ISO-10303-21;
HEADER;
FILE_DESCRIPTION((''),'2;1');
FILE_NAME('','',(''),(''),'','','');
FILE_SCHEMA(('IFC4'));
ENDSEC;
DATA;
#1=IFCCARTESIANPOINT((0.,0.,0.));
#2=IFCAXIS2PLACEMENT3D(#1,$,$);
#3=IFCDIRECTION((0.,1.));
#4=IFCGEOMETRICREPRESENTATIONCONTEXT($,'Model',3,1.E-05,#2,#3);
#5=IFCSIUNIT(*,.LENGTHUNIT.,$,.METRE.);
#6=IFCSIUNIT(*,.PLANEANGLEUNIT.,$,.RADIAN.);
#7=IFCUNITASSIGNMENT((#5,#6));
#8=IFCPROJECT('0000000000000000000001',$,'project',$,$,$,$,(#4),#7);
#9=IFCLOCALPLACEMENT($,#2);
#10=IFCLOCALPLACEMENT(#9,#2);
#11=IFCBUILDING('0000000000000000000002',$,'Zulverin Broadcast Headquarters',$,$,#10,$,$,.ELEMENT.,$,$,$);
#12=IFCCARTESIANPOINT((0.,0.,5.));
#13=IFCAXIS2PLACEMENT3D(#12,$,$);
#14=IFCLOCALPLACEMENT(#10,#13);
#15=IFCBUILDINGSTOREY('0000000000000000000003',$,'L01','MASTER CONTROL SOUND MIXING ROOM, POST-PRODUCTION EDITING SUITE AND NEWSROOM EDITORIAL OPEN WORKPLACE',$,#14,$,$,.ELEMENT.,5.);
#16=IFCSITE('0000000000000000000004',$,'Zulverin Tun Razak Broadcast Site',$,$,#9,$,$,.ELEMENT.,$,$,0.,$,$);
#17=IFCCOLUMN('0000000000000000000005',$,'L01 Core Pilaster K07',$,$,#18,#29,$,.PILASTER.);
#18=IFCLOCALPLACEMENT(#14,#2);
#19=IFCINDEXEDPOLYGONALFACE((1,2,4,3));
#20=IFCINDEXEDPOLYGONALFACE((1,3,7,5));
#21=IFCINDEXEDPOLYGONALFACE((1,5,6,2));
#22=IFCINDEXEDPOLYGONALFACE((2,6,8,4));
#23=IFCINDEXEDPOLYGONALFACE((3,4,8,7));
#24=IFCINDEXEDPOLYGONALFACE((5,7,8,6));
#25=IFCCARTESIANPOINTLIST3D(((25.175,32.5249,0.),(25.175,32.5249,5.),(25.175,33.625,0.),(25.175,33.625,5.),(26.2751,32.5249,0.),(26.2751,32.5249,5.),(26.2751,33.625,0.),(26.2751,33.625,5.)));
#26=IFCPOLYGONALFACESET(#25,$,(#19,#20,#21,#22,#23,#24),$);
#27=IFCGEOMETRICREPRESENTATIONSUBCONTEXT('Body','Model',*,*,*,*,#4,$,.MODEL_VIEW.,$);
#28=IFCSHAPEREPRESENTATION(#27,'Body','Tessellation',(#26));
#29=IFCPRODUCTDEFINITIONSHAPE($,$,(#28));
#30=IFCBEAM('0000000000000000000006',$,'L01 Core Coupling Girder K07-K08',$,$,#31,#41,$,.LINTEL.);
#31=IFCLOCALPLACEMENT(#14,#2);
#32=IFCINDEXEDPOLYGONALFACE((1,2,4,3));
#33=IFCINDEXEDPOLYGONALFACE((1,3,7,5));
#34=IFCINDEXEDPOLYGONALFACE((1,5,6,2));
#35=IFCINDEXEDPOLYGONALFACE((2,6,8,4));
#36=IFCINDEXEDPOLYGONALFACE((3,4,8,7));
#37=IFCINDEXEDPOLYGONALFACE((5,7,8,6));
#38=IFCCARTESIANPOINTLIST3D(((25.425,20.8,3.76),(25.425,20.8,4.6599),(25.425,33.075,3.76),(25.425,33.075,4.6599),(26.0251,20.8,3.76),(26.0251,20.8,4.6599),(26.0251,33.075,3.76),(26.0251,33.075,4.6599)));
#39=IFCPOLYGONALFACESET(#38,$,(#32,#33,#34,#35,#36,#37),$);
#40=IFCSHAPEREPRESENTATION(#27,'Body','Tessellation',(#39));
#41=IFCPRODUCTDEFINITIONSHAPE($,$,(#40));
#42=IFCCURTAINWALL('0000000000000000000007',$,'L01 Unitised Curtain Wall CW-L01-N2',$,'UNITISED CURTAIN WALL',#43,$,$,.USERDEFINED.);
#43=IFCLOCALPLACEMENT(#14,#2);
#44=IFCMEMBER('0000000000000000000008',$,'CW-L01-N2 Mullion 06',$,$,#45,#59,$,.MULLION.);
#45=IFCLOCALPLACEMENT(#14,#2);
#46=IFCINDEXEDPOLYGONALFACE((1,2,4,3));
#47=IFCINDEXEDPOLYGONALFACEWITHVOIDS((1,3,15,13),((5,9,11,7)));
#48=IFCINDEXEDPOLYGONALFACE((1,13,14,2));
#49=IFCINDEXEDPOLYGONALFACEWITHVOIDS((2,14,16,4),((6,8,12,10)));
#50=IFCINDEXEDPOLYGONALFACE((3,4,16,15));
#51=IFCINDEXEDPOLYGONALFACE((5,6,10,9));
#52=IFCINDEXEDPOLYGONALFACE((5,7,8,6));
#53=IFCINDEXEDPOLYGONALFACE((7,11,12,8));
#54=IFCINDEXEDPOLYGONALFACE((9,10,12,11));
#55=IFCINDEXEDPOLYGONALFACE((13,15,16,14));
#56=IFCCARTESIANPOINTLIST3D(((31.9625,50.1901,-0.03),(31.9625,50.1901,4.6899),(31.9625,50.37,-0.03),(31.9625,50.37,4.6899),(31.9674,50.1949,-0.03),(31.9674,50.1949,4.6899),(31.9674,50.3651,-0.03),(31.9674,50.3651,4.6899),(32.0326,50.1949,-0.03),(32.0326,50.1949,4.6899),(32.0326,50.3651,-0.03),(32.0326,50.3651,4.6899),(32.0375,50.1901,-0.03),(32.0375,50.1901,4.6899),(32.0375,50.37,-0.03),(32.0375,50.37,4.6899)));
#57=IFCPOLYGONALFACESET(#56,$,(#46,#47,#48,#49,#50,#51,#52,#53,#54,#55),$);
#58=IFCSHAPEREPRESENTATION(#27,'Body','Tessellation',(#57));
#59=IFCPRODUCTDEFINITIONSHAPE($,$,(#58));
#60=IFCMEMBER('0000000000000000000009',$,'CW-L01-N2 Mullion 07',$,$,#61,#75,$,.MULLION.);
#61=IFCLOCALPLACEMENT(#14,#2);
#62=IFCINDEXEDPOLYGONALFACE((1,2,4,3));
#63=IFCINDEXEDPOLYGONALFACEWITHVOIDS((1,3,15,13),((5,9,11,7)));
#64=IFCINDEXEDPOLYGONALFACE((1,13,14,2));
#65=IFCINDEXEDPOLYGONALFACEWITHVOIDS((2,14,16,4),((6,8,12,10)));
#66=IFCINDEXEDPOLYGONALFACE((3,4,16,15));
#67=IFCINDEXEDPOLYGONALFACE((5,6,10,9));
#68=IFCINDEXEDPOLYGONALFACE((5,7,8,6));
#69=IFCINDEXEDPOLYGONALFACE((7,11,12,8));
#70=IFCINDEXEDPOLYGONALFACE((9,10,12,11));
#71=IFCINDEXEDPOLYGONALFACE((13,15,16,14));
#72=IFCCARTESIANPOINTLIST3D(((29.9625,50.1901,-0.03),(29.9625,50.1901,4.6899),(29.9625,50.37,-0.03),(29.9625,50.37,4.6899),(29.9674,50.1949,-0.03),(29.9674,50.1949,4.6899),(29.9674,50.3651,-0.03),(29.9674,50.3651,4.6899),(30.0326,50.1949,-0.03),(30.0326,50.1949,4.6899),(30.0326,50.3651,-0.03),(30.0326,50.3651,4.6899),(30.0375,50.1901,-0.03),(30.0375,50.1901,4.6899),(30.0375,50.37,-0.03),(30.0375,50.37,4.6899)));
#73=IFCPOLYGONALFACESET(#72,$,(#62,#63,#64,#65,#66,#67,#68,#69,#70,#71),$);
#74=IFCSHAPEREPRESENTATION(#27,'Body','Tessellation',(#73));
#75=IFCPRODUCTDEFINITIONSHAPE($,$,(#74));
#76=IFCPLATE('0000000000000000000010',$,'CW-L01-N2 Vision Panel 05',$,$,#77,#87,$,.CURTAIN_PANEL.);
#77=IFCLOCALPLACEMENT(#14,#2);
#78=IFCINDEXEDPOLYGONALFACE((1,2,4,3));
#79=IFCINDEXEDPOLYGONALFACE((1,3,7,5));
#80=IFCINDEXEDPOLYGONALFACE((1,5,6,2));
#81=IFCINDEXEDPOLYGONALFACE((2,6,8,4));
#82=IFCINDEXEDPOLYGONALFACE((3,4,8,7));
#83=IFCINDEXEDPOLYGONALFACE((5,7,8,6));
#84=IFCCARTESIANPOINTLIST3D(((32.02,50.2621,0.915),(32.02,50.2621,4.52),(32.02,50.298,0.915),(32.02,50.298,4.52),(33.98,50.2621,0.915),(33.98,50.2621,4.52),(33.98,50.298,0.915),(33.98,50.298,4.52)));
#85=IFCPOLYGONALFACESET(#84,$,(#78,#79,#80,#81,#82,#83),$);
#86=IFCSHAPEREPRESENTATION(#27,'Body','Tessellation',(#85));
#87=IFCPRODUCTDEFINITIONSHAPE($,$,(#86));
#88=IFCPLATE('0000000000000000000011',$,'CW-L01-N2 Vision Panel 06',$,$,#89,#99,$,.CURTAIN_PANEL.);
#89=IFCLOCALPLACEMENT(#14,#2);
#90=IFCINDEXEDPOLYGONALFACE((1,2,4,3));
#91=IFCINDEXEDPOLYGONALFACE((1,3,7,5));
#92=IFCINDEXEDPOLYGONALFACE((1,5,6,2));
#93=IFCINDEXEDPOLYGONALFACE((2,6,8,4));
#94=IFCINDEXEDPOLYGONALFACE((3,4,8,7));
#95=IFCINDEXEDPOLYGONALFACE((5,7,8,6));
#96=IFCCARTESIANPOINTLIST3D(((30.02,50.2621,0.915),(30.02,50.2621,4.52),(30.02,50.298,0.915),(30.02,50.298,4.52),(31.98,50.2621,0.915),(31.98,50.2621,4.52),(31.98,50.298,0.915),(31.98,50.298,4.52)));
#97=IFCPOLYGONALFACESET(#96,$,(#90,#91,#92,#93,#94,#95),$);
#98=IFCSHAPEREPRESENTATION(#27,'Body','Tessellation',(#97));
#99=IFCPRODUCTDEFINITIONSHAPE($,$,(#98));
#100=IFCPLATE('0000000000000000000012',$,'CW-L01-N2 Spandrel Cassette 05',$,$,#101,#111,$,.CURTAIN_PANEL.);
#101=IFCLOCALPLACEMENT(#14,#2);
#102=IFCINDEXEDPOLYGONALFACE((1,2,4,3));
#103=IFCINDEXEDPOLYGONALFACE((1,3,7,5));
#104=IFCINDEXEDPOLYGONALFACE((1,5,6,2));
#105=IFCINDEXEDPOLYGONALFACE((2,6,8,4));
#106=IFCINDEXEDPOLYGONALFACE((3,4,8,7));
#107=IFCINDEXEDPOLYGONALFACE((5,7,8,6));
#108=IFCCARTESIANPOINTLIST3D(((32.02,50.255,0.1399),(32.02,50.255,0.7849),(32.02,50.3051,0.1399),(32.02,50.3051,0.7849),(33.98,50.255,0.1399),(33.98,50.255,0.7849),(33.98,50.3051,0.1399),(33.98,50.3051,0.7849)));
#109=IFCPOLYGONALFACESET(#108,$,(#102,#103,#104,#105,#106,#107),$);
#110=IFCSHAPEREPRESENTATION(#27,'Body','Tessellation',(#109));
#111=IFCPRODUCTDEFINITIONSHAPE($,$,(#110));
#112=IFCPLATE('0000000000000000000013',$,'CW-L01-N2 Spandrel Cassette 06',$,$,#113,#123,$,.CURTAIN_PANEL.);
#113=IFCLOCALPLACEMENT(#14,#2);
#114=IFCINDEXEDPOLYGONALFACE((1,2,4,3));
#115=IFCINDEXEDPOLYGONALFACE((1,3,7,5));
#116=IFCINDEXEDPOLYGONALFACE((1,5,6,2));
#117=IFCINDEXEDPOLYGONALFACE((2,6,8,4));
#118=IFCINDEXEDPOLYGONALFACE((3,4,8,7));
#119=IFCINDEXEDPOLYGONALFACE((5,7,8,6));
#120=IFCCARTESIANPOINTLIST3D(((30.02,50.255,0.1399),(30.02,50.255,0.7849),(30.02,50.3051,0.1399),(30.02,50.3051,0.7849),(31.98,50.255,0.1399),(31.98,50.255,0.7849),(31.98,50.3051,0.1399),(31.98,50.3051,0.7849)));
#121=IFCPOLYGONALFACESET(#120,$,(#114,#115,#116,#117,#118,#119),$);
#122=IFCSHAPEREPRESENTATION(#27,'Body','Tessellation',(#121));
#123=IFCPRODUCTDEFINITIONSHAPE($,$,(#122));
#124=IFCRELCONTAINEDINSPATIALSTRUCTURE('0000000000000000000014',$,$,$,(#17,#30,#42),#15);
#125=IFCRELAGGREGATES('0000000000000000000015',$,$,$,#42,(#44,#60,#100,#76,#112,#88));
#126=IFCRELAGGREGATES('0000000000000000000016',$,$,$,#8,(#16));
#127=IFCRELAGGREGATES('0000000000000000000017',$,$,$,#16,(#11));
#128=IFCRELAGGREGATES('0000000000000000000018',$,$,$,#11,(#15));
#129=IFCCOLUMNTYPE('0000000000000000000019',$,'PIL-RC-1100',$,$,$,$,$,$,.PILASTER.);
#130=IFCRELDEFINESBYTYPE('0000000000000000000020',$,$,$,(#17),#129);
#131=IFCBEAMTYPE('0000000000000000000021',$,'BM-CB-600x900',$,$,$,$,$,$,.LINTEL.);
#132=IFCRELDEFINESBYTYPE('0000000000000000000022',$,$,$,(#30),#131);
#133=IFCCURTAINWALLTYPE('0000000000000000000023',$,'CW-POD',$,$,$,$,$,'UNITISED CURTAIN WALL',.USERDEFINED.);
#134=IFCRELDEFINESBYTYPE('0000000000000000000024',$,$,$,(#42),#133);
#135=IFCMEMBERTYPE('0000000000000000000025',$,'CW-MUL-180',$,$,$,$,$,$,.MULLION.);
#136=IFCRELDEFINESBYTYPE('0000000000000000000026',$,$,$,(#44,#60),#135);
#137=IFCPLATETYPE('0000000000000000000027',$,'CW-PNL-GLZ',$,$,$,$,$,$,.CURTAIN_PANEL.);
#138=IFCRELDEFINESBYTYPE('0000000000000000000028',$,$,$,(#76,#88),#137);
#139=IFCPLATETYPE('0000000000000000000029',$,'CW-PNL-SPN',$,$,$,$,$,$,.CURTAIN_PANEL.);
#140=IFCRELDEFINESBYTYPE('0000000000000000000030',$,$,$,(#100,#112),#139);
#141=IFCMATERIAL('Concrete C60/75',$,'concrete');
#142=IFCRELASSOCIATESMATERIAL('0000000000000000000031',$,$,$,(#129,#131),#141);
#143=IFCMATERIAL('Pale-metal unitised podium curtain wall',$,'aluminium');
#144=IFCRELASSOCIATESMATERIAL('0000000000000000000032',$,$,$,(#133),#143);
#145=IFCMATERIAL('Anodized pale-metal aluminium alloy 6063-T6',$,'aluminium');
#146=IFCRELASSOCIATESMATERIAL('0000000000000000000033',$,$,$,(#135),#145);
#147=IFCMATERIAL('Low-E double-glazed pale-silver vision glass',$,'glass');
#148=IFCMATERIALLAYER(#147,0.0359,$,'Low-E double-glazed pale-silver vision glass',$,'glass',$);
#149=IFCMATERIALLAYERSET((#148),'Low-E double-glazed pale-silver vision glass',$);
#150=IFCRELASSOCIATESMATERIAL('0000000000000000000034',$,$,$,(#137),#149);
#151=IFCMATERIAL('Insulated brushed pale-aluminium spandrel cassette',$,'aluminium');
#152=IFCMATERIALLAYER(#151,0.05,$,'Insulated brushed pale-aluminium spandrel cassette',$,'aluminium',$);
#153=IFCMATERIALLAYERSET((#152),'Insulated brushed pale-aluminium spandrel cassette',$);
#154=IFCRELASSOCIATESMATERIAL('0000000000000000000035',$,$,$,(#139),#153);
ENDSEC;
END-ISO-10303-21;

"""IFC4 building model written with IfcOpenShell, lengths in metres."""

from ifc_helpers import new_model, si_unit, direction, frame, origin, origin_2d, place, context, subcontext, project, spatial, rectangle, hollow_rectangle, extrude, material, layer, layer_set, material_profile, profile_set, type_object, element, aggregate, save


model = new_model("IFC4")

# Units and contexts
model_context = context("Model", 3, precision=1e-05, world=origin(), true_north=direction((0.0, 1.0)))
body_context = subcontext(model_context, "Body", "Model", "MODEL_VIEW")
ifc_project = project(units=[si_unit("LENGTHUNIT", "METRE"), si_unit("PLANEANGLEUNIT", "RADIAN")], contexts=[model_context])

# Site, building, storey
site_placement = place(None, origin())
site = spatial("IfcSite", under=ifc_project, at=site_placement, Name="Zulverin Tun Razak Broadcast Site", CompositionType="ELEMENT", RefElevation=0.0)
building_placement = place(site_placement, origin())
building = spatial("IfcBuilding", under=site, at=building_placement, Name="Zulverin Broadcast Headquarters", CompositionType="ELEMENT")
storey_placement = place(building_placement, frame((0.0, 0.0, 5.0)))
storey = spatial("IfcBuildingStorey", under=building, at=storey_placement, Name="L01", Description="MASTER CONTROL SOUND MIXING ROOM, POST-PRODUCTION EDITING SUITE AND NEWSROOM EDITORIAL OPEN WORKPLACE", CompositionType="ELEMENT", Elevation=5.0)

# Column
ifc_material_1 = material(Name="Concrete C60/75", Category="concrete")
ifc_material_profile_1 = material_profile(ifc_material_1, rectangle(XDim=1.1001, YDim=1.1001, at=origin_2d()), Name="Concrete C60/75", Category="concrete")
ifc_profile_set_1 = profile_set([ifc_material_profile_1], Name="Concrete C60/75")
column_type = type_object("IfcColumnType", Name="PIL-RC-1100", PredefinedType="PILASTER", material=ifc_profile_set_1)
column_placement = place(storey_placement, frame((25.7251, 33.075, 0.0), z_axis=(0.0, 0.0, 1.0), x_axis=(1.0, 0.0, 0.0)))
element("IfcColumn", 1, at=column_placement, inside=storey, type_object=column_type, Name="L01 Core Pilaster K07", PredefinedType="PILASTER", context=body_context, shape_type="SweptSolid", body=[
    extrude(rectangle(XDim=1.1001, YDim=1.1001, at=origin_2d()), origin(), (0.0, 0.0, 1.0), 5.0),
])

# Beam
ifc_material_profile_2 = material_profile(ifc_material_1, rectangle(XDim=0.6001, YDim=0.8999, at=origin_2d()), Name="Concrete C60/75", Category="concrete")
ifc_profile_set_2 = profile_set([ifc_material_profile_2], Name="Concrete C60/75")
beam_type = type_object("IfcBeamType", Name="BM-CB-600x900", PredefinedType="LINTEL", material=ifc_profile_set_2)
beam_placement = place(storey_placement, frame((25.7251, 33.075, 4.21), z_axis=(0.0, -1.0, 0.0), x_axis=(1.0, 0.0, 0.0)))
element("IfcBeam", 2, at=beam_placement, inside=storey, type_object=beam_type, Name="L01 Core Coupling Girder K07-K08", PredefinedType="LINTEL", context=body_context, shape_type="SweptSolid", body=[
    extrude(rectangle(XDim=0.6001, YDim=0.8999, at=origin_2d()), origin(), (0.0, 0.0, 1.0), 12.2749),
])

# Curtain wall, members, plates
ifc_material_2 = material(Name="Pale-metal unitised podium curtain wall", Category="aluminium")
curtain_wall_type = type_object("IfcCurtainWallType", Name="CW-POD", ElementType="UNITISED CURTAIN WALL", PredefinedType="USERDEFINED", material=ifc_material_2)
curtain_wall_placement = place(storey_placement, origin())
curtain_wall = element("IfcCurtainWall", 3, at=curtain_wall_placement, inside=storey, type_object=curtain_wall_type, Name="L01 Unitised Curtain Wall CW-L01-N2", ObjectType="UNITISED CURTAIN WALL", PredefinedType="USERDEFINED")
ifc_material_3 = material(Name="Anodized pale-metal aluminium alloy 6063-T6", Category="aluminium")
ifc_material_profile_3 = material_profile(ifc_material_3, hollow_rectangle(XDim=0.075, YDim=0.1799, WallThickness=0.0049, at=origin_2d()), Name="Anodized pale-metal aluminium alloy 6063-T6", Category="aluminium")
ifc_profile_set_3 = profile_set([ifc_material_profile_3], Name="Anodized pale-metal aluminium alloy 6063-T6")
member_type = type_object("IfcMemberType", Name="CW-MUL-180", PredefinedType="MULLION", material=ifc_profile_set_3)
member_1_placement = place(storey_placement, frame((32.0, 50.28, -0.03), z_axis=(0.0, 0.0, 1.0), x_axis=(-1.0, 0.0, 0.0)))
member_1 = element("IfcMember", 4, at=member_1_placement, type_object=member_type, Name="CW-L01-N2 Mullion 06", PredefinedType="MULLION", context=body_context, shape_type="SweptSolid", body=[
    extrude(hollow_rectangle(XDim=0.075, YDim=0.1799, WallThickness=0.0049, at=origin_2d()), origin(), (0.0, 0.0, 1.0), 4.72),
])
member_2_placement = place(storey_placement, frame((30.0, 50.28, -0.03), z_axis=(0.0, 0.0, 1.0), x_axis=(-1.0, 0.0, 0.0)))
member_2 = element("IfcMember", 5, at=member_2_placement, type_object=member_type, Name="CW-L01-N2 Mullion 07", PredefinedType="MULLION", context=body_context, shape_type="SweptSolid", body=[
    extrude(hollow_rectangle(XDim=0.075, YDim=0.1799, WallThickness=0.0049, at=origin_2d()), origin(), (0.0, 0.0, 1.0), 4.72),
])
ifc_material_4 = material(Name="Low-E double-glazed pale-silver vision glass", Category="glass")
ifc_layer_1 = layer(ifc_material_4, 0.0359, Name="Low-E double-glazed pale-silver vision glass", Category="glass")
ifc_layer_set_1 = layer_set([ifc_layer_1], Name="Low-E double-glazed pale-silver vision glass")
plate_type_1 = type_object("IfcPlateType", Name="CW-PNL-GLZ", PredefinedType="CURTAIN_PANEL", material=ifc_layer_set_1)
plate_1_placement = place(storey_placement, frame((33.0, 50.28, 0.915), z_axis=(0.0, 0.0, 1.0), x_axis=(-1.0, 0.0, 0.0)))
plate_1 = element("IfcPlate", 6, at=plate_1_placement, type_object=plate_type_1, Name="CW-L01-N2 Vision Panel 05", PredefinedType="CURTAIN_PANEL", context=body_context, shape_type="SweptSolid", body=[
    extrude(rectangle(XDim=1.96, YDim=0.0359, at=origin_2d()), origin(), (0.0, 0.0, 1.0), 3.605),
])
plate_2_placement = place(storey_placement, frame((31.0, 50.28, 0.915), z_axis=(0.0, 0.0, 1.0), x_axis=(-1.0, 0.0, 0.0)))
plate_2 = element("IfcPlate", 7, at=plate_2_placement, type_object=plate_type_1, Name="CW-L01-N2 Vision Panel 06", PredefinedType="CURTAIN_PANEL", context=body_context, shape_type="SweptSolid", body=[
    extrude(rectangle(XDim=1.96, YDim=0.0359, at=origin_2d()), origin(), (0.0, 0.0, 1.0), 3.605),
])
ifc_material_5 = material(Name="Insulated brushed pale-aluminium spandrel cassette", Category="aluminium")
ifc_layer_2 = layer(ifc_material_5, 0.05, Name="Insulated brushed pale-aluminium spandrel cassette", Category="aluminium")
ifc_layer_set_2 = layer_set([ifc_layer_2], Name="Insulated brushed pale-aluminium spandrel cassette")
plate_type_2 = type_object("IfcPlateType", Name="CW-PNL-SPN", PredefinedType="CURTAIN_PANEL", material=ifc_layer_set_2)
plate_3_placement = place(storey_placement, frame((33.0, 50.28, 0.1399), z_axis=(0.0, 0.0, 1.0), x_axis=(-1.0, 0.0, 0.0)))
plate_3 = element("IfcPlate", 8, at=plate_3_placement, type_object=plate_type_2, Name="CW-L01-N2 Spandrel Cassette 05", PredefinedType="CURTAIN_PANEL", context=body_context, shape_type="SweptSolid", body=[
    extrude(rectangle(XDim=1.96, YDim=0.05, at=origin_2d()), origin(), (0.0, 0.0, 1.0), 0.645),
])
plate_4_placement = place(storey_placement, frame((31.0, 50.28, 0.1399), z_axis=(0.0, 0.0, 1.0), x_axis=(-1.0, 0.0, 0.0)))
plate_4 = element("IfcPlate", 9, at=plate_4_placement, type_object=plate_type_2, Name="CW-L01-N2 Spandrel Cassette 06", PredefinedType="CURTAIN_PANEL", context=body_context, shape_type="SweptSolid", body=[
    extrude(rectangle(XDim=1.96, YDim=0.05, at=origin_2d()), origin(), (0.0, 0.0, 1.0), 0.645),
])
aggregate(curtain_wall, [member_1, member_2, plate_3, plate_1, plate_4, plate_2])

save(model, "model.ifc")
